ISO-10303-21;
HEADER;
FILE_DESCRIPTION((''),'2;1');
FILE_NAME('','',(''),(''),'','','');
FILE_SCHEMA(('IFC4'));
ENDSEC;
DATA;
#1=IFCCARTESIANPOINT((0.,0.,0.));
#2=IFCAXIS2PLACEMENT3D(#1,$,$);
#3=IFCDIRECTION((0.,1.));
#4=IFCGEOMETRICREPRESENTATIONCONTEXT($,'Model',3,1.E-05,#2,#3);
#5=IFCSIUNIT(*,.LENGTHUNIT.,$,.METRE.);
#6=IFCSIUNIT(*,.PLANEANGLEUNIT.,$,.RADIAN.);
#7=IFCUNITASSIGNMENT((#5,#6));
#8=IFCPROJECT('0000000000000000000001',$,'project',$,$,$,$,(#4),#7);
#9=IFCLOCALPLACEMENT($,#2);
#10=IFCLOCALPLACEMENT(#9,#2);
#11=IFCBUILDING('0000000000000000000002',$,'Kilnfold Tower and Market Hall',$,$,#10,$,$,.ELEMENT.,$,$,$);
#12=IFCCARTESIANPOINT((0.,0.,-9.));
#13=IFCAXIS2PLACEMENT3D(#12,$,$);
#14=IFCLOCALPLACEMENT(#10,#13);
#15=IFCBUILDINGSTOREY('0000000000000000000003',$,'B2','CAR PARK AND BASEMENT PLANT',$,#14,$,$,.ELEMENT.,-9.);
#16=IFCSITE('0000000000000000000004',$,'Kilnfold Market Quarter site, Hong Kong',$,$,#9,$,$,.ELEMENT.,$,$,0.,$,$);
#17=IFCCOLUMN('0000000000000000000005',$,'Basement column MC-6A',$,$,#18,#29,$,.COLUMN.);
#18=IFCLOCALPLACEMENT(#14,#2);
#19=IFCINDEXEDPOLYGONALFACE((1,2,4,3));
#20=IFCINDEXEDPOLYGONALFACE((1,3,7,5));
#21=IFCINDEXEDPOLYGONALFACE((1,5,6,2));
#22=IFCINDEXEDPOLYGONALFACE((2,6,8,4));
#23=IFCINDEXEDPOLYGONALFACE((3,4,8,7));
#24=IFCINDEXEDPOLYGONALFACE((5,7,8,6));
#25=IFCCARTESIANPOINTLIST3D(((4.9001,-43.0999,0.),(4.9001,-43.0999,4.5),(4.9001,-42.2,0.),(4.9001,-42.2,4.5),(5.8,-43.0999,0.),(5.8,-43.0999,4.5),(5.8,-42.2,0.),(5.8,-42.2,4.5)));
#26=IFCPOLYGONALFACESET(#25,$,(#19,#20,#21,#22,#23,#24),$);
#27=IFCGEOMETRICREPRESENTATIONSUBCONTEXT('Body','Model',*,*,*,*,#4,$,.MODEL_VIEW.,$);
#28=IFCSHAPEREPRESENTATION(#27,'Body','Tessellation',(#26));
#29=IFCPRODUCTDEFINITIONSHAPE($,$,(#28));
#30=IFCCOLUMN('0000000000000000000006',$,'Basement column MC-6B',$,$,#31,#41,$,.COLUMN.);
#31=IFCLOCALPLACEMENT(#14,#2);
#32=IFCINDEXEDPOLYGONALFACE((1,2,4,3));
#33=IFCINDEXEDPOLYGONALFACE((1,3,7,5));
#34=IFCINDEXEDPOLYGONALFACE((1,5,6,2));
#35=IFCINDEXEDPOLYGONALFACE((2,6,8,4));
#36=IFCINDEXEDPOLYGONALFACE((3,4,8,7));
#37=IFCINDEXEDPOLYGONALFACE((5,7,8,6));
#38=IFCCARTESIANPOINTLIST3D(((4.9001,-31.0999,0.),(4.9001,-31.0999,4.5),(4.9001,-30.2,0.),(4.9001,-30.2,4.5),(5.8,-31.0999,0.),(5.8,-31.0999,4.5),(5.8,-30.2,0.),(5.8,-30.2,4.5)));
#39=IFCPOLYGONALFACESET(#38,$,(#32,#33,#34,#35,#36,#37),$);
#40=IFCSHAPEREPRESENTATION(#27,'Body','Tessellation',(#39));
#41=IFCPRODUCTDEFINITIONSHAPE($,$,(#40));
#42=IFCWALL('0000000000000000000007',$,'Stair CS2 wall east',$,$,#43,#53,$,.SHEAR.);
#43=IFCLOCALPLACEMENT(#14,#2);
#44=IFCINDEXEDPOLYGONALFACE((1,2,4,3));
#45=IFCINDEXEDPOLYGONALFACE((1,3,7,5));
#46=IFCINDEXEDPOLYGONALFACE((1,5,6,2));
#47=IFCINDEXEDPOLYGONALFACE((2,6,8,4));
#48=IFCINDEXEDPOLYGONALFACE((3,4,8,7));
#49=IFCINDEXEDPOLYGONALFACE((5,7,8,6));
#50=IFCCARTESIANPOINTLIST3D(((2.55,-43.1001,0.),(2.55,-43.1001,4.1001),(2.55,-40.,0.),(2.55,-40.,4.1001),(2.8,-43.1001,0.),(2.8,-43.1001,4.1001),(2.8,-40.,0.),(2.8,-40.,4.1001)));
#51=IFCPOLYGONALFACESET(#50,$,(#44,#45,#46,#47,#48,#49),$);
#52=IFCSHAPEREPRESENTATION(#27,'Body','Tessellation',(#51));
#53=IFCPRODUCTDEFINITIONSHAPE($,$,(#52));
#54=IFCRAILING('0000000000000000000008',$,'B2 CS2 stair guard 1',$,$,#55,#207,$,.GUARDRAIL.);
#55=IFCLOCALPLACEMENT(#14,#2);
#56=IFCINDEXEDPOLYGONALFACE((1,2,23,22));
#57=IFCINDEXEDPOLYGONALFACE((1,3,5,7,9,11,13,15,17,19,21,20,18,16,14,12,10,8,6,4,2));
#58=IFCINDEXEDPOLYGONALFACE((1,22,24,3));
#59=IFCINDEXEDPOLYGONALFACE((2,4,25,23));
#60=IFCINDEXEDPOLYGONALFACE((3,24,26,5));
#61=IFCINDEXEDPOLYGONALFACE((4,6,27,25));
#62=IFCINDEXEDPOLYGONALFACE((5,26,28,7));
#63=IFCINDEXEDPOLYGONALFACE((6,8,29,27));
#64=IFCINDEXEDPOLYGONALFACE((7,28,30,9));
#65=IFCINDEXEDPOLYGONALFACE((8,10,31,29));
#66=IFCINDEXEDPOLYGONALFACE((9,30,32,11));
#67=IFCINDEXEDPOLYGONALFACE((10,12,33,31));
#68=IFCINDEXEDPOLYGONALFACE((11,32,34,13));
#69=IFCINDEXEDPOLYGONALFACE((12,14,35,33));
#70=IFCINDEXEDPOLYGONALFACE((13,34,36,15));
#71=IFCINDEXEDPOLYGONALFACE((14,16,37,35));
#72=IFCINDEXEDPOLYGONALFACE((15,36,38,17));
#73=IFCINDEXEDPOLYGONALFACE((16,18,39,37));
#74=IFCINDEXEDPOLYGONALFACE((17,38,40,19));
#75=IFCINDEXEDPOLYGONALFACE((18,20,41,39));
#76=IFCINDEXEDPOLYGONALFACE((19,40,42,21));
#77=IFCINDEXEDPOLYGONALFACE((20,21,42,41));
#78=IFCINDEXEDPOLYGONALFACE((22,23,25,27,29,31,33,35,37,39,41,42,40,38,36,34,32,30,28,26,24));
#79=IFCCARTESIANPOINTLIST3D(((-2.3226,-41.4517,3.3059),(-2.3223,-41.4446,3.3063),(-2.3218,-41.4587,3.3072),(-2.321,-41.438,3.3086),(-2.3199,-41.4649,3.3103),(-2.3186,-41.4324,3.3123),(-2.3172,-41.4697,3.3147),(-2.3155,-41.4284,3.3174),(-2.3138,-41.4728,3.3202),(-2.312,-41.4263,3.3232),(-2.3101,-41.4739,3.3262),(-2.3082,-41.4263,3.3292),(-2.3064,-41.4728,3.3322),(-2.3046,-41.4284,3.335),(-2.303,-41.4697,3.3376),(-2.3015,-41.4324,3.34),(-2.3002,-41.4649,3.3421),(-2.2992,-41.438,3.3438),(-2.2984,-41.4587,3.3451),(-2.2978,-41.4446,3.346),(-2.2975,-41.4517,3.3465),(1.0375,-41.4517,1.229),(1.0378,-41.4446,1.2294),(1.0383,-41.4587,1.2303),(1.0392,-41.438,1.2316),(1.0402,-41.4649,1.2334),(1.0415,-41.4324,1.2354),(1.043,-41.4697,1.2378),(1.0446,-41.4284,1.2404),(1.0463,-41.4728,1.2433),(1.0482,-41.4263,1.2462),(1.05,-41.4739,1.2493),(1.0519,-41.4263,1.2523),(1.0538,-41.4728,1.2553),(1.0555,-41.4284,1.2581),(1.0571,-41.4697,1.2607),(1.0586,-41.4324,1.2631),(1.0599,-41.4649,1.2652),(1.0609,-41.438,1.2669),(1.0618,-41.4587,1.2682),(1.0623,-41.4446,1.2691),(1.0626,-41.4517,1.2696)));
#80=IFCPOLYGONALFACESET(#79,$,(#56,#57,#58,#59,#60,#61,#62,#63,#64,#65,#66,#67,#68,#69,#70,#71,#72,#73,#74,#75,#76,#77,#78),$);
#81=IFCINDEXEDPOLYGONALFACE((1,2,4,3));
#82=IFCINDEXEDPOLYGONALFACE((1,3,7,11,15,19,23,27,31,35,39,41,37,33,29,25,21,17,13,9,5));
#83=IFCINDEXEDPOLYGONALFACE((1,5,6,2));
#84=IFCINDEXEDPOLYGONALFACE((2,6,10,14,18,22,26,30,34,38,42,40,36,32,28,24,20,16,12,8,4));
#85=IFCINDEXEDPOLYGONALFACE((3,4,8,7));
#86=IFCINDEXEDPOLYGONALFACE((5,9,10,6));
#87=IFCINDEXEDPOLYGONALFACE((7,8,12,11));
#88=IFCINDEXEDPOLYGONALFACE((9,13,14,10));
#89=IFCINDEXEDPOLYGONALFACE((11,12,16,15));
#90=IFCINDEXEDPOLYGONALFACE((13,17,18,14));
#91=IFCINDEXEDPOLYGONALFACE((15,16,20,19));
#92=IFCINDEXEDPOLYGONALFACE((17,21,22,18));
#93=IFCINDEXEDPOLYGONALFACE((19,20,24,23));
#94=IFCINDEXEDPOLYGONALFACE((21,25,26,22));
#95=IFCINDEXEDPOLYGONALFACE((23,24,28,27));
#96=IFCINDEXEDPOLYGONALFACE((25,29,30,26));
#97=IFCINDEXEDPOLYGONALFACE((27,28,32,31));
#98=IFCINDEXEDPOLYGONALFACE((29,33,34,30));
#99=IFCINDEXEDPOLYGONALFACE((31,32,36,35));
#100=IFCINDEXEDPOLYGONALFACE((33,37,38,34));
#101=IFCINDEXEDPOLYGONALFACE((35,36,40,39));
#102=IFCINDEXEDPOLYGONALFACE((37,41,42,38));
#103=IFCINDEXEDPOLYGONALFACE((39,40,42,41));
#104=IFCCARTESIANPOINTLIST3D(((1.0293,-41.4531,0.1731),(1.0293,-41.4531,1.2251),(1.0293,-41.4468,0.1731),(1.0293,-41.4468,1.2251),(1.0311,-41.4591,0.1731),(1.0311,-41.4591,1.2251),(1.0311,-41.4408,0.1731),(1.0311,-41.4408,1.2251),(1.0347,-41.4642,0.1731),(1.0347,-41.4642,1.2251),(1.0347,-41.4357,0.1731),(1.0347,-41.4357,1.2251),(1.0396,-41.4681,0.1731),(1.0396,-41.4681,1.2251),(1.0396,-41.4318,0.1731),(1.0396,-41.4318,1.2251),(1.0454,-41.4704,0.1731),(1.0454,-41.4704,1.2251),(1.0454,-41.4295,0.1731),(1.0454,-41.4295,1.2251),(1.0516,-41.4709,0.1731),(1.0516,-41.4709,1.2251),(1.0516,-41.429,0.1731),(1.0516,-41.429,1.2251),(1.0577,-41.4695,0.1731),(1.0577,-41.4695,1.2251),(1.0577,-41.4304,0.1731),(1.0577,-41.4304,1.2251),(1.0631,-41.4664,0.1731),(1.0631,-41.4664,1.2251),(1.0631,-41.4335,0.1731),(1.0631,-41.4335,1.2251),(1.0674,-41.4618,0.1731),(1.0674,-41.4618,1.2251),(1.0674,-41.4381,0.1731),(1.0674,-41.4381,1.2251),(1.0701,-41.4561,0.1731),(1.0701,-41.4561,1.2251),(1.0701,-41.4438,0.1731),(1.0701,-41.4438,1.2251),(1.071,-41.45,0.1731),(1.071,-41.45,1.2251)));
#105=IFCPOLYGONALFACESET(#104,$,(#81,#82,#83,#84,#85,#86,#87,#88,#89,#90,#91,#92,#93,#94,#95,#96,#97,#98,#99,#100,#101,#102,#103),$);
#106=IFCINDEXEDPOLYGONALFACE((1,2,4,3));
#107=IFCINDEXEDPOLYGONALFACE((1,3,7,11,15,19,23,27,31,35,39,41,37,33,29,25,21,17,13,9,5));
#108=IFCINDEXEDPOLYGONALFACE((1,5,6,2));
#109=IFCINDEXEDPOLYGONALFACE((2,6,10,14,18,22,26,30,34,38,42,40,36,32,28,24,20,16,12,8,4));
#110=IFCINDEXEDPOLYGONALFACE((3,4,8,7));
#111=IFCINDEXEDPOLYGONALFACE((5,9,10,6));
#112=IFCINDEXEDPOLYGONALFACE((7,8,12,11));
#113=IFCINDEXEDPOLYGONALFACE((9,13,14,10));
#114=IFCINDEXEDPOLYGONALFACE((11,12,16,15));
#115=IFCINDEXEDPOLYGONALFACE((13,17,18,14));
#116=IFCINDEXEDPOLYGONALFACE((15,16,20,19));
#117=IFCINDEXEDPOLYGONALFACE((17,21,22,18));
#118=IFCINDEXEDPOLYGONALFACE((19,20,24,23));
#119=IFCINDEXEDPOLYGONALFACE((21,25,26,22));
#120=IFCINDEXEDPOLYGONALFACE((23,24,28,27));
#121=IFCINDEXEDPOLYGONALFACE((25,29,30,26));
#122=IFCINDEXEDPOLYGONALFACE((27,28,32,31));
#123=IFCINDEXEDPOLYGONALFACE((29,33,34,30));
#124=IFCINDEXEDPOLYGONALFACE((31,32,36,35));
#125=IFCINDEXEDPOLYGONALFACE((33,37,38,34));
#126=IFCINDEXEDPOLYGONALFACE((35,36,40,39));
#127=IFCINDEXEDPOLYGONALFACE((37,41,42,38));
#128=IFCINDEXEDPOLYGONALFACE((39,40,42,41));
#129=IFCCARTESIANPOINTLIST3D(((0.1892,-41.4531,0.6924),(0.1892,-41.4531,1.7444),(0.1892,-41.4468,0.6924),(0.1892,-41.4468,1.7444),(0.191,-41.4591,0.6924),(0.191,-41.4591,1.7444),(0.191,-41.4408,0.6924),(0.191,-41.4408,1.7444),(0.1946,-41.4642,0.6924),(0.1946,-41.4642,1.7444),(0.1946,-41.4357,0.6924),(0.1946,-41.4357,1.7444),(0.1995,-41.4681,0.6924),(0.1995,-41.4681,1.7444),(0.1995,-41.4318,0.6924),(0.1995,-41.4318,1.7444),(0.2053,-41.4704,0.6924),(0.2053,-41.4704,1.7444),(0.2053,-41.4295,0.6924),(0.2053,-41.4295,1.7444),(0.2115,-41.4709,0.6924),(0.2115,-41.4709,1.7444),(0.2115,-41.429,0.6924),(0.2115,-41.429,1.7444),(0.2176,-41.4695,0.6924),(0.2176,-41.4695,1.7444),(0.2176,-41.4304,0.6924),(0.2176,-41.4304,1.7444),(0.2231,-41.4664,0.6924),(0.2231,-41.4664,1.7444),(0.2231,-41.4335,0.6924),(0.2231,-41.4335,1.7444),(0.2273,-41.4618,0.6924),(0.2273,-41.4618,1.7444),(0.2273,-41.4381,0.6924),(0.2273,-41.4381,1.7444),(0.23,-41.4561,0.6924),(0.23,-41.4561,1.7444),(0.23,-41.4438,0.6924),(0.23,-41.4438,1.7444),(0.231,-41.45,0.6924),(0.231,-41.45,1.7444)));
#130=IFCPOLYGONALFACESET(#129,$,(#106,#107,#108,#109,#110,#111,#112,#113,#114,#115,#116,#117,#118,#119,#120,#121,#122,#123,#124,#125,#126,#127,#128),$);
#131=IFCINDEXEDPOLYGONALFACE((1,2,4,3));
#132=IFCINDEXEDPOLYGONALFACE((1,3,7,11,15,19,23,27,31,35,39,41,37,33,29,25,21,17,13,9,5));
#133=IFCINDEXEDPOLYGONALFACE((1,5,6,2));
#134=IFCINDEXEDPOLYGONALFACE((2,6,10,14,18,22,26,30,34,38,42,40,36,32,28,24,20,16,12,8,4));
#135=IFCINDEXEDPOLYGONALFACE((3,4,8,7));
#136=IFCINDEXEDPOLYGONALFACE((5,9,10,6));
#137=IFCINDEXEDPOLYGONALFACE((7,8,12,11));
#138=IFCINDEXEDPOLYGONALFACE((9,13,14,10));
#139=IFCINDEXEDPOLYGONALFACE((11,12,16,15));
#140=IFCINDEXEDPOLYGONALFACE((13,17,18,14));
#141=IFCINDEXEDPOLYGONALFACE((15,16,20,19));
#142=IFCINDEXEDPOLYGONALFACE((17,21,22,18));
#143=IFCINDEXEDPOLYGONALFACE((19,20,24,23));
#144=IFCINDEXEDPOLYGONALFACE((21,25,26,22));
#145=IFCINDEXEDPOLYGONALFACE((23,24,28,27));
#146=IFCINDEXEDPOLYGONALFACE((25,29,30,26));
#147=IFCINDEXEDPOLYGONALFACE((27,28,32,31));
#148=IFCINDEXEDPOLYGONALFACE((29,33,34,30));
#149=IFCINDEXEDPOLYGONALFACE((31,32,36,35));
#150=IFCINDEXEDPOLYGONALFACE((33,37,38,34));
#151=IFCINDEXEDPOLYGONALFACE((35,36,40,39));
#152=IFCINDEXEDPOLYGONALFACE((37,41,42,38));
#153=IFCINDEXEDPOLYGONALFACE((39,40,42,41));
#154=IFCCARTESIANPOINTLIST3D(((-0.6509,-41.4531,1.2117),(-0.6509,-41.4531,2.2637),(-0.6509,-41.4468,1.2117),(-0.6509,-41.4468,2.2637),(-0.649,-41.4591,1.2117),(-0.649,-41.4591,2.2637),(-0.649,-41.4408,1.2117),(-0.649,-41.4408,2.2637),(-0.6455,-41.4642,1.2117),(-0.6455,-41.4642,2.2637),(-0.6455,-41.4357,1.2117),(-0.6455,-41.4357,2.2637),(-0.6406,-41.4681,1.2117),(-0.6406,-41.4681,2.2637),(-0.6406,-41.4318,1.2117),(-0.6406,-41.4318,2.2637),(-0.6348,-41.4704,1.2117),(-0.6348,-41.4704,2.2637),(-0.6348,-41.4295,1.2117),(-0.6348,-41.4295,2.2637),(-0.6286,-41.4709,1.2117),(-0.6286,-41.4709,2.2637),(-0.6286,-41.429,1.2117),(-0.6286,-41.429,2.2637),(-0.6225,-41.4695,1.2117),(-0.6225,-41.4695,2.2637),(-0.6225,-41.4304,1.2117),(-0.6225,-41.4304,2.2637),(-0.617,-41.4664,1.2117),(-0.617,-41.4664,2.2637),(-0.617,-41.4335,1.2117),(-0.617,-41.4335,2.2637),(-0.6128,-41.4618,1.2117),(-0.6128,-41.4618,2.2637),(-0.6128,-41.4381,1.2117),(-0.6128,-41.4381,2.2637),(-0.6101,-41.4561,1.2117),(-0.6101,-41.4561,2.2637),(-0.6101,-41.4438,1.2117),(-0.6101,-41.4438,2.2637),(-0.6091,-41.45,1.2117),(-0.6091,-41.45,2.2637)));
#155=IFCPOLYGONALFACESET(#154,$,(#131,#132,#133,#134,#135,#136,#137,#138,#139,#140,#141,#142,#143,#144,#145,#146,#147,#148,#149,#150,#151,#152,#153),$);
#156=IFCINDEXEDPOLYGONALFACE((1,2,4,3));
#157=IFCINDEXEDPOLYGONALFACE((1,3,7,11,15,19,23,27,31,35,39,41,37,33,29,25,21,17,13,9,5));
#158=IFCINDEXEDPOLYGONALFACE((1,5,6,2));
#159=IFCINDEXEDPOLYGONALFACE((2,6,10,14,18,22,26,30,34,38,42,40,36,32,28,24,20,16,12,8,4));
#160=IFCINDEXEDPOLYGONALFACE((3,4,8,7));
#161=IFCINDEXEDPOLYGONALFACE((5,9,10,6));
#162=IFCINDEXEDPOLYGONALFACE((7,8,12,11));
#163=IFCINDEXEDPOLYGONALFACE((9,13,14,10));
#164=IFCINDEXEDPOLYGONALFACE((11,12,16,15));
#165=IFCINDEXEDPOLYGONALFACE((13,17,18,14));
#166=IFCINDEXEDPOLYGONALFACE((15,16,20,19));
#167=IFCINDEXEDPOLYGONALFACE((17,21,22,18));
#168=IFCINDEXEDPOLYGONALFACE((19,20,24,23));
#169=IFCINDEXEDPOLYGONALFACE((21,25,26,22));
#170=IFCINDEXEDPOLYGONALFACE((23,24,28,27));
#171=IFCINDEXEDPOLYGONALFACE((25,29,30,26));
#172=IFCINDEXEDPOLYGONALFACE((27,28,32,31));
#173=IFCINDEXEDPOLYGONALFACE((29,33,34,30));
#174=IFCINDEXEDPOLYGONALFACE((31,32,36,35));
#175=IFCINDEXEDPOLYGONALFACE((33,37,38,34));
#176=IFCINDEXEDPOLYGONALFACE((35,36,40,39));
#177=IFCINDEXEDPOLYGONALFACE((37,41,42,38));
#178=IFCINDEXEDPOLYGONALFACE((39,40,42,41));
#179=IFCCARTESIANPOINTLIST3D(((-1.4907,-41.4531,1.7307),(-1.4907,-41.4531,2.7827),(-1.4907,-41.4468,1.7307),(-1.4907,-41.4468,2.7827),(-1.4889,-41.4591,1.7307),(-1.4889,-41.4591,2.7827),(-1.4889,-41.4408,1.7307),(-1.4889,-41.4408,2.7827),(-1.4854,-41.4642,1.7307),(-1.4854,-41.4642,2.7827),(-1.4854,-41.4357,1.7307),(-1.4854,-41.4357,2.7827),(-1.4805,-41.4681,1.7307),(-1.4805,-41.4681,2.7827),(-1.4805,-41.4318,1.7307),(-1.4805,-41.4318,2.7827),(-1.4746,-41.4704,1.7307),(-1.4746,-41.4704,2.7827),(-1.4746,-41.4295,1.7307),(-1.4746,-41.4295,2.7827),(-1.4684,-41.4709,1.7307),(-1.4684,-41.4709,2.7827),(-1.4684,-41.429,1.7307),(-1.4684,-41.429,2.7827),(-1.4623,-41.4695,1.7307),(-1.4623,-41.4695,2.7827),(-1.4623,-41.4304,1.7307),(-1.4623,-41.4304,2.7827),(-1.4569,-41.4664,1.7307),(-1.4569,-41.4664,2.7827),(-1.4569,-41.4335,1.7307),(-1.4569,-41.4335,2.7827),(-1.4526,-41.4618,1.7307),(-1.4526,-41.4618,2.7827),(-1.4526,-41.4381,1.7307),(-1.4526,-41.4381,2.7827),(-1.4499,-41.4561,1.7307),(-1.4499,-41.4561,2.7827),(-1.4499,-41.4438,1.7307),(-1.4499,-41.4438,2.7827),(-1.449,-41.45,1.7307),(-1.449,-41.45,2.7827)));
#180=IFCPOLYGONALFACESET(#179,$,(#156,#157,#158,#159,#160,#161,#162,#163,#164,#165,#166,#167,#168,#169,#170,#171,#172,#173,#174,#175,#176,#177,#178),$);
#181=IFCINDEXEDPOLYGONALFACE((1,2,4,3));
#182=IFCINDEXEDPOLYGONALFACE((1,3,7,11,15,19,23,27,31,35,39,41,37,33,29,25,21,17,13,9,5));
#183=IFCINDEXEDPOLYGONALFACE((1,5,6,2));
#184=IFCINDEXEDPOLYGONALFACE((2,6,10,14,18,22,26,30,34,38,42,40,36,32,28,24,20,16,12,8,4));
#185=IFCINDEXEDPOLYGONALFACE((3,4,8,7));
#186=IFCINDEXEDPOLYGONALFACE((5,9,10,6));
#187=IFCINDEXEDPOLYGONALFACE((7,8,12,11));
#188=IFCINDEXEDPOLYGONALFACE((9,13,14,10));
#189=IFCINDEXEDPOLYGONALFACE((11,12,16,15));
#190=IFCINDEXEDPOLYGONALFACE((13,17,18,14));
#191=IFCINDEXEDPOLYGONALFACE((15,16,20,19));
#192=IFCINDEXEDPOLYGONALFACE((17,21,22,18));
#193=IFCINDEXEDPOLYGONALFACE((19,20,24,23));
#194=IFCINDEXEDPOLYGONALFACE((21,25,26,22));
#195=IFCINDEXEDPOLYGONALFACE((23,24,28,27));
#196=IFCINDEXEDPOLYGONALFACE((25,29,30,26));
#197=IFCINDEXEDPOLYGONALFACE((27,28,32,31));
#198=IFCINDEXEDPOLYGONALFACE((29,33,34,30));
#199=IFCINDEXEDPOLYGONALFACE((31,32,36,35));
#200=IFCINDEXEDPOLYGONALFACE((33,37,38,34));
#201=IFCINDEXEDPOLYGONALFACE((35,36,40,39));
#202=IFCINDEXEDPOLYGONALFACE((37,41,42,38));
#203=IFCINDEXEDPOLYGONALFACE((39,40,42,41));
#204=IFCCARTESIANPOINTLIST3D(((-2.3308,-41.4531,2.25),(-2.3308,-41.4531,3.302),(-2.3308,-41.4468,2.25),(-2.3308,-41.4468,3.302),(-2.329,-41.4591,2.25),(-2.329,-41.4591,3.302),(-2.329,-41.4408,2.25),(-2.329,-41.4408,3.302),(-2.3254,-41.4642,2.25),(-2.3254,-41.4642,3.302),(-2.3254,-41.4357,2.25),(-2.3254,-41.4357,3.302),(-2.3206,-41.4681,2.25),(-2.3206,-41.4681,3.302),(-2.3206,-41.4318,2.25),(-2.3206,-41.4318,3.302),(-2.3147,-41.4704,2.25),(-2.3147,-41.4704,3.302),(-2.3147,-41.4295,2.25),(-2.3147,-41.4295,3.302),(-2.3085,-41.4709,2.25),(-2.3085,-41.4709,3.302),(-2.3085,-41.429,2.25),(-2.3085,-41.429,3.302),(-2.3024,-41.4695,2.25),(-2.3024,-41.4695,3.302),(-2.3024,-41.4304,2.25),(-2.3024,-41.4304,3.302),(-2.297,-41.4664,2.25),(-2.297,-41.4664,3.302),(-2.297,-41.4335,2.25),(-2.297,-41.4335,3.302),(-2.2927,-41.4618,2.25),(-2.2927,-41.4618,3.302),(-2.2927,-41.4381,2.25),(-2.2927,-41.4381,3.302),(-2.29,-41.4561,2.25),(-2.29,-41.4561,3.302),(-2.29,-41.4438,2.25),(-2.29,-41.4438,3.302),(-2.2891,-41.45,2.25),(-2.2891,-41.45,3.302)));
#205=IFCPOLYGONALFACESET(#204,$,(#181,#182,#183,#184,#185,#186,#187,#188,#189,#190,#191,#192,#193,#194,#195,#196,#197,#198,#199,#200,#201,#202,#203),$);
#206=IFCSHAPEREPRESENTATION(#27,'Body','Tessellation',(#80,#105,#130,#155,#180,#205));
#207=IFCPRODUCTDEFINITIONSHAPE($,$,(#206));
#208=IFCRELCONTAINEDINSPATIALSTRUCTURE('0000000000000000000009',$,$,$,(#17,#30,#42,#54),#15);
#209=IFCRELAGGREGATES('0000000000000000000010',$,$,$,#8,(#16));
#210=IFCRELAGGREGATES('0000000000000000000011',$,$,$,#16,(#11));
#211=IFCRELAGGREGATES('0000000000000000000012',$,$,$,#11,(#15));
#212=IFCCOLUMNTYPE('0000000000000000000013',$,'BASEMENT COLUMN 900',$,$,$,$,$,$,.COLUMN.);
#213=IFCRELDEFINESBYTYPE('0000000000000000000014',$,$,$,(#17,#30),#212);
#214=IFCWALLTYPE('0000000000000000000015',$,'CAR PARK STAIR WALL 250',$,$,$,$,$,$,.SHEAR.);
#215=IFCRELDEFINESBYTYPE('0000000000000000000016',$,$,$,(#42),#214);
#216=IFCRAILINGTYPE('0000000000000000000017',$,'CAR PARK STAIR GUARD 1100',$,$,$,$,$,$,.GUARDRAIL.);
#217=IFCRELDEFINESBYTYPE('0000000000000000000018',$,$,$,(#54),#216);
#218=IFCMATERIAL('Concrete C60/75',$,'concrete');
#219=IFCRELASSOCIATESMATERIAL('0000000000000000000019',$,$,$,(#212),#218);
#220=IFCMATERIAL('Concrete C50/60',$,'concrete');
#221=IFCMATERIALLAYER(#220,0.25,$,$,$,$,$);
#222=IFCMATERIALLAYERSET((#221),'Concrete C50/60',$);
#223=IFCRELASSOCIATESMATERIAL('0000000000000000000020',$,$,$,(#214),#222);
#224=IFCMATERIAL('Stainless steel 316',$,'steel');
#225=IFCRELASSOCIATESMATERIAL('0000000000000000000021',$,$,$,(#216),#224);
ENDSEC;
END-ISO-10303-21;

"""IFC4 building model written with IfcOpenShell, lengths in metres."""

from ifc_helpers import new_model, si_unit, direction, frame, frame_2d, origin, origin_2d, place, context, subcontext, project, spatial, rectangle, circle, extrude, source, transform, mapped, material, layer, layer_set, material_profile, profile_set, type_object, element, save


model = new_model("IFC4")

# Units and contexts
model_context = context("Model", 3, precision=1e-05, world=origin(), true_north=direction((0.0, 1.0)))
body_context = subcontext(model_context, "Body", "Model", "MODEL_VIEW")
ifc_project = project(units=[si_unit("LENGTHUNIT", "METRE"), si_unit("PLANEANGLEUNIT", "RADIAN")], contexts=[model_context])

# Site, building, storey
site_placement = place(None, origin())
site = spatial("IfcSite", under=ifc_project, at=site_placement, Name="Kilnfold Market Quarter site, Hong Kong", CompositionType="ELEMENT", RefElevation=0.0)
building_placement = place(site_placement, origin())
building = spatial("IfcBuilding", under=site, at=building_placement, Name="Kilnfold Tower and Market Hall", CompositionType="ELEMENT")
storey_placement = place(building_placement, frame((0.0, 0.0, -9.0)))
storey = spatial("IfcBuildingStorey", under=building, at=storey_placement, Name="B2", Description="CAR PARK AND BASEMENT PLANT", CompositionType="ELEMENT", Elevation=-9.0)

# Columns
ifc_material_1 = material(Name="Concrete C60/75", Category="concrete")
ifc_material_profile_1 = material_profile(ifc_material_1, rectangle(XDim=0.8999, YDim=0.8999, at=origin_2d()), Name="RC 900x900")
ifc_profile_set_1 = profile_set([ifc_material_profile_1], Name="Concrete C60/75")
column_type_1 = type_object("IfcColumnType", Name="BASEMENT COLUMN 900", PredefinedType="COLUMN", material=ifc_profile_set_1)
shared_shape_1 = source(origin(), body_context, "Body", "SweptSolid", [
    extrude(rectangle(XDim=0.8999, YDim=0.8999, at=origin_2d()), origin(), (0.0, 0.0, 1.0), 4.5),
])
for number, where, z_axis, x_axis, name in (
    (1, (5.3501, -42.6499, 0.0), (0.0, 0.0, 1.0), (1.0, 0.0, 0.0), "Basement column MC-6A"),
    (2, (5.3501, -30.6499, 0.0), (0.0, 0.0, 1.0), (1.0, 0.0, 0.0), "Basement column MC-6B"),
):
    element("IfcColumn", number, at=place(storey_placement, frame(where, z_axis=z_axis, x_axis=x_axis)), inside=storey, type_object=column_type_1, Name=name, PredefinedType="COLUMN", context=body_context, shape_type="MappedRepresentation", body=[
        mapped(shared_shape_1, transform((0.0, 0.0, 0.0))),
    ])

# Wall
ifc_material_2 = material(Name="Concrete C50/60", Category="concrete")
ifc_layer = layer(ifc_material_2, 0.25)
ifc_layer_set = layer_set([ifc_layer], Name="Concrete C50/60")
wall_type = type_object("IfcWallType", Name="CAR PARK STAIR WALL 250", PredefinedType="SHEAR", material=ifc_layer_set)
shared_shape_2 = source(origin(), body_context, "Body", "SweptSolid", [
    extrude(rectangle(XDim=3.1001, YDim=0.25, at=frame_2d((1.55, 0.0))), origin(), (0.0, 0.0, 1.0), 4.1001),
])
wall_placement = place(storey_placement, frame((2.675, -43.1001, 0.0), z_axis=(0.0, 0.0, 1.0), x_axis=(0.0, 1.0, 0.0)))
element("IfcWall", 3, at=wall_placement, inside=storey, type_object=wall_type, Name="Stair CS2 wall east", PredefinedType="SHEAR", context=body_context, shape_type="MappedRepresentation", body=[
    mapped(shared_shape_2, transform((0.0, 0.0, 0.0))),
])

# Railing
ifc_material_3 = material(Name="Stainless steel 316", Category="steel")
railing_type_1 = type_object("IfcRailingType", Name="CAR PARK STAIR GUARD 1100", PredefinedType="GUARDRAIL", material=ifc_material_3)
railing_1_placement = place(storey_placement, frame((1.05, -41.45, 0.1731)))
element("IfcRailing", 4, at=railing_1_placement, inside=storey, type_object=railing_type_1, Name="B2 CS2 stair guard 1", PredefinedType="GUARDRAIL", context=body_context, shape_type="SweptSolid", body=[
    extrude(circle(Radius=0.0239, at=origin_2d()), frame((0.0, 0.0, 1.0762), z_axis=(-0.850623, 0.0, 0.525776), x_axis=(0.0, -1.0, 0.0)), (0.0, 0.0, 1.0), 3.9502),
    extrude(circle(Radius=0.021, at=origin_2d()), origin(), (0.0, 0.0, 1.0), 1.052),
    extrude(circle(Radius=0.021, at=origin_2d()), frame((-0.8401, 0.0, 0.5193)), (0.0, 0.0, 1.0), 1.052),
    extrude(circle(Radius=0.021, at=origin_2d()), frame((-1.6802, 0.0, 1.0386)), (0.0, 0.0, 1.0), 1.052),
    extrude(circle(Radius=0.021, at=origin_2d()), frame((-2.52, 0.0, 1.5576)), (0.0, 0.0, 1.0), 1.052),
    extrude(circle(Radius=0.021, at=origin_2d()), frame((-3.3601, 0.0, 2.0769)), (0.0, 0.0, 1.0), 1.052),
])

save(model, "model.ifc")
